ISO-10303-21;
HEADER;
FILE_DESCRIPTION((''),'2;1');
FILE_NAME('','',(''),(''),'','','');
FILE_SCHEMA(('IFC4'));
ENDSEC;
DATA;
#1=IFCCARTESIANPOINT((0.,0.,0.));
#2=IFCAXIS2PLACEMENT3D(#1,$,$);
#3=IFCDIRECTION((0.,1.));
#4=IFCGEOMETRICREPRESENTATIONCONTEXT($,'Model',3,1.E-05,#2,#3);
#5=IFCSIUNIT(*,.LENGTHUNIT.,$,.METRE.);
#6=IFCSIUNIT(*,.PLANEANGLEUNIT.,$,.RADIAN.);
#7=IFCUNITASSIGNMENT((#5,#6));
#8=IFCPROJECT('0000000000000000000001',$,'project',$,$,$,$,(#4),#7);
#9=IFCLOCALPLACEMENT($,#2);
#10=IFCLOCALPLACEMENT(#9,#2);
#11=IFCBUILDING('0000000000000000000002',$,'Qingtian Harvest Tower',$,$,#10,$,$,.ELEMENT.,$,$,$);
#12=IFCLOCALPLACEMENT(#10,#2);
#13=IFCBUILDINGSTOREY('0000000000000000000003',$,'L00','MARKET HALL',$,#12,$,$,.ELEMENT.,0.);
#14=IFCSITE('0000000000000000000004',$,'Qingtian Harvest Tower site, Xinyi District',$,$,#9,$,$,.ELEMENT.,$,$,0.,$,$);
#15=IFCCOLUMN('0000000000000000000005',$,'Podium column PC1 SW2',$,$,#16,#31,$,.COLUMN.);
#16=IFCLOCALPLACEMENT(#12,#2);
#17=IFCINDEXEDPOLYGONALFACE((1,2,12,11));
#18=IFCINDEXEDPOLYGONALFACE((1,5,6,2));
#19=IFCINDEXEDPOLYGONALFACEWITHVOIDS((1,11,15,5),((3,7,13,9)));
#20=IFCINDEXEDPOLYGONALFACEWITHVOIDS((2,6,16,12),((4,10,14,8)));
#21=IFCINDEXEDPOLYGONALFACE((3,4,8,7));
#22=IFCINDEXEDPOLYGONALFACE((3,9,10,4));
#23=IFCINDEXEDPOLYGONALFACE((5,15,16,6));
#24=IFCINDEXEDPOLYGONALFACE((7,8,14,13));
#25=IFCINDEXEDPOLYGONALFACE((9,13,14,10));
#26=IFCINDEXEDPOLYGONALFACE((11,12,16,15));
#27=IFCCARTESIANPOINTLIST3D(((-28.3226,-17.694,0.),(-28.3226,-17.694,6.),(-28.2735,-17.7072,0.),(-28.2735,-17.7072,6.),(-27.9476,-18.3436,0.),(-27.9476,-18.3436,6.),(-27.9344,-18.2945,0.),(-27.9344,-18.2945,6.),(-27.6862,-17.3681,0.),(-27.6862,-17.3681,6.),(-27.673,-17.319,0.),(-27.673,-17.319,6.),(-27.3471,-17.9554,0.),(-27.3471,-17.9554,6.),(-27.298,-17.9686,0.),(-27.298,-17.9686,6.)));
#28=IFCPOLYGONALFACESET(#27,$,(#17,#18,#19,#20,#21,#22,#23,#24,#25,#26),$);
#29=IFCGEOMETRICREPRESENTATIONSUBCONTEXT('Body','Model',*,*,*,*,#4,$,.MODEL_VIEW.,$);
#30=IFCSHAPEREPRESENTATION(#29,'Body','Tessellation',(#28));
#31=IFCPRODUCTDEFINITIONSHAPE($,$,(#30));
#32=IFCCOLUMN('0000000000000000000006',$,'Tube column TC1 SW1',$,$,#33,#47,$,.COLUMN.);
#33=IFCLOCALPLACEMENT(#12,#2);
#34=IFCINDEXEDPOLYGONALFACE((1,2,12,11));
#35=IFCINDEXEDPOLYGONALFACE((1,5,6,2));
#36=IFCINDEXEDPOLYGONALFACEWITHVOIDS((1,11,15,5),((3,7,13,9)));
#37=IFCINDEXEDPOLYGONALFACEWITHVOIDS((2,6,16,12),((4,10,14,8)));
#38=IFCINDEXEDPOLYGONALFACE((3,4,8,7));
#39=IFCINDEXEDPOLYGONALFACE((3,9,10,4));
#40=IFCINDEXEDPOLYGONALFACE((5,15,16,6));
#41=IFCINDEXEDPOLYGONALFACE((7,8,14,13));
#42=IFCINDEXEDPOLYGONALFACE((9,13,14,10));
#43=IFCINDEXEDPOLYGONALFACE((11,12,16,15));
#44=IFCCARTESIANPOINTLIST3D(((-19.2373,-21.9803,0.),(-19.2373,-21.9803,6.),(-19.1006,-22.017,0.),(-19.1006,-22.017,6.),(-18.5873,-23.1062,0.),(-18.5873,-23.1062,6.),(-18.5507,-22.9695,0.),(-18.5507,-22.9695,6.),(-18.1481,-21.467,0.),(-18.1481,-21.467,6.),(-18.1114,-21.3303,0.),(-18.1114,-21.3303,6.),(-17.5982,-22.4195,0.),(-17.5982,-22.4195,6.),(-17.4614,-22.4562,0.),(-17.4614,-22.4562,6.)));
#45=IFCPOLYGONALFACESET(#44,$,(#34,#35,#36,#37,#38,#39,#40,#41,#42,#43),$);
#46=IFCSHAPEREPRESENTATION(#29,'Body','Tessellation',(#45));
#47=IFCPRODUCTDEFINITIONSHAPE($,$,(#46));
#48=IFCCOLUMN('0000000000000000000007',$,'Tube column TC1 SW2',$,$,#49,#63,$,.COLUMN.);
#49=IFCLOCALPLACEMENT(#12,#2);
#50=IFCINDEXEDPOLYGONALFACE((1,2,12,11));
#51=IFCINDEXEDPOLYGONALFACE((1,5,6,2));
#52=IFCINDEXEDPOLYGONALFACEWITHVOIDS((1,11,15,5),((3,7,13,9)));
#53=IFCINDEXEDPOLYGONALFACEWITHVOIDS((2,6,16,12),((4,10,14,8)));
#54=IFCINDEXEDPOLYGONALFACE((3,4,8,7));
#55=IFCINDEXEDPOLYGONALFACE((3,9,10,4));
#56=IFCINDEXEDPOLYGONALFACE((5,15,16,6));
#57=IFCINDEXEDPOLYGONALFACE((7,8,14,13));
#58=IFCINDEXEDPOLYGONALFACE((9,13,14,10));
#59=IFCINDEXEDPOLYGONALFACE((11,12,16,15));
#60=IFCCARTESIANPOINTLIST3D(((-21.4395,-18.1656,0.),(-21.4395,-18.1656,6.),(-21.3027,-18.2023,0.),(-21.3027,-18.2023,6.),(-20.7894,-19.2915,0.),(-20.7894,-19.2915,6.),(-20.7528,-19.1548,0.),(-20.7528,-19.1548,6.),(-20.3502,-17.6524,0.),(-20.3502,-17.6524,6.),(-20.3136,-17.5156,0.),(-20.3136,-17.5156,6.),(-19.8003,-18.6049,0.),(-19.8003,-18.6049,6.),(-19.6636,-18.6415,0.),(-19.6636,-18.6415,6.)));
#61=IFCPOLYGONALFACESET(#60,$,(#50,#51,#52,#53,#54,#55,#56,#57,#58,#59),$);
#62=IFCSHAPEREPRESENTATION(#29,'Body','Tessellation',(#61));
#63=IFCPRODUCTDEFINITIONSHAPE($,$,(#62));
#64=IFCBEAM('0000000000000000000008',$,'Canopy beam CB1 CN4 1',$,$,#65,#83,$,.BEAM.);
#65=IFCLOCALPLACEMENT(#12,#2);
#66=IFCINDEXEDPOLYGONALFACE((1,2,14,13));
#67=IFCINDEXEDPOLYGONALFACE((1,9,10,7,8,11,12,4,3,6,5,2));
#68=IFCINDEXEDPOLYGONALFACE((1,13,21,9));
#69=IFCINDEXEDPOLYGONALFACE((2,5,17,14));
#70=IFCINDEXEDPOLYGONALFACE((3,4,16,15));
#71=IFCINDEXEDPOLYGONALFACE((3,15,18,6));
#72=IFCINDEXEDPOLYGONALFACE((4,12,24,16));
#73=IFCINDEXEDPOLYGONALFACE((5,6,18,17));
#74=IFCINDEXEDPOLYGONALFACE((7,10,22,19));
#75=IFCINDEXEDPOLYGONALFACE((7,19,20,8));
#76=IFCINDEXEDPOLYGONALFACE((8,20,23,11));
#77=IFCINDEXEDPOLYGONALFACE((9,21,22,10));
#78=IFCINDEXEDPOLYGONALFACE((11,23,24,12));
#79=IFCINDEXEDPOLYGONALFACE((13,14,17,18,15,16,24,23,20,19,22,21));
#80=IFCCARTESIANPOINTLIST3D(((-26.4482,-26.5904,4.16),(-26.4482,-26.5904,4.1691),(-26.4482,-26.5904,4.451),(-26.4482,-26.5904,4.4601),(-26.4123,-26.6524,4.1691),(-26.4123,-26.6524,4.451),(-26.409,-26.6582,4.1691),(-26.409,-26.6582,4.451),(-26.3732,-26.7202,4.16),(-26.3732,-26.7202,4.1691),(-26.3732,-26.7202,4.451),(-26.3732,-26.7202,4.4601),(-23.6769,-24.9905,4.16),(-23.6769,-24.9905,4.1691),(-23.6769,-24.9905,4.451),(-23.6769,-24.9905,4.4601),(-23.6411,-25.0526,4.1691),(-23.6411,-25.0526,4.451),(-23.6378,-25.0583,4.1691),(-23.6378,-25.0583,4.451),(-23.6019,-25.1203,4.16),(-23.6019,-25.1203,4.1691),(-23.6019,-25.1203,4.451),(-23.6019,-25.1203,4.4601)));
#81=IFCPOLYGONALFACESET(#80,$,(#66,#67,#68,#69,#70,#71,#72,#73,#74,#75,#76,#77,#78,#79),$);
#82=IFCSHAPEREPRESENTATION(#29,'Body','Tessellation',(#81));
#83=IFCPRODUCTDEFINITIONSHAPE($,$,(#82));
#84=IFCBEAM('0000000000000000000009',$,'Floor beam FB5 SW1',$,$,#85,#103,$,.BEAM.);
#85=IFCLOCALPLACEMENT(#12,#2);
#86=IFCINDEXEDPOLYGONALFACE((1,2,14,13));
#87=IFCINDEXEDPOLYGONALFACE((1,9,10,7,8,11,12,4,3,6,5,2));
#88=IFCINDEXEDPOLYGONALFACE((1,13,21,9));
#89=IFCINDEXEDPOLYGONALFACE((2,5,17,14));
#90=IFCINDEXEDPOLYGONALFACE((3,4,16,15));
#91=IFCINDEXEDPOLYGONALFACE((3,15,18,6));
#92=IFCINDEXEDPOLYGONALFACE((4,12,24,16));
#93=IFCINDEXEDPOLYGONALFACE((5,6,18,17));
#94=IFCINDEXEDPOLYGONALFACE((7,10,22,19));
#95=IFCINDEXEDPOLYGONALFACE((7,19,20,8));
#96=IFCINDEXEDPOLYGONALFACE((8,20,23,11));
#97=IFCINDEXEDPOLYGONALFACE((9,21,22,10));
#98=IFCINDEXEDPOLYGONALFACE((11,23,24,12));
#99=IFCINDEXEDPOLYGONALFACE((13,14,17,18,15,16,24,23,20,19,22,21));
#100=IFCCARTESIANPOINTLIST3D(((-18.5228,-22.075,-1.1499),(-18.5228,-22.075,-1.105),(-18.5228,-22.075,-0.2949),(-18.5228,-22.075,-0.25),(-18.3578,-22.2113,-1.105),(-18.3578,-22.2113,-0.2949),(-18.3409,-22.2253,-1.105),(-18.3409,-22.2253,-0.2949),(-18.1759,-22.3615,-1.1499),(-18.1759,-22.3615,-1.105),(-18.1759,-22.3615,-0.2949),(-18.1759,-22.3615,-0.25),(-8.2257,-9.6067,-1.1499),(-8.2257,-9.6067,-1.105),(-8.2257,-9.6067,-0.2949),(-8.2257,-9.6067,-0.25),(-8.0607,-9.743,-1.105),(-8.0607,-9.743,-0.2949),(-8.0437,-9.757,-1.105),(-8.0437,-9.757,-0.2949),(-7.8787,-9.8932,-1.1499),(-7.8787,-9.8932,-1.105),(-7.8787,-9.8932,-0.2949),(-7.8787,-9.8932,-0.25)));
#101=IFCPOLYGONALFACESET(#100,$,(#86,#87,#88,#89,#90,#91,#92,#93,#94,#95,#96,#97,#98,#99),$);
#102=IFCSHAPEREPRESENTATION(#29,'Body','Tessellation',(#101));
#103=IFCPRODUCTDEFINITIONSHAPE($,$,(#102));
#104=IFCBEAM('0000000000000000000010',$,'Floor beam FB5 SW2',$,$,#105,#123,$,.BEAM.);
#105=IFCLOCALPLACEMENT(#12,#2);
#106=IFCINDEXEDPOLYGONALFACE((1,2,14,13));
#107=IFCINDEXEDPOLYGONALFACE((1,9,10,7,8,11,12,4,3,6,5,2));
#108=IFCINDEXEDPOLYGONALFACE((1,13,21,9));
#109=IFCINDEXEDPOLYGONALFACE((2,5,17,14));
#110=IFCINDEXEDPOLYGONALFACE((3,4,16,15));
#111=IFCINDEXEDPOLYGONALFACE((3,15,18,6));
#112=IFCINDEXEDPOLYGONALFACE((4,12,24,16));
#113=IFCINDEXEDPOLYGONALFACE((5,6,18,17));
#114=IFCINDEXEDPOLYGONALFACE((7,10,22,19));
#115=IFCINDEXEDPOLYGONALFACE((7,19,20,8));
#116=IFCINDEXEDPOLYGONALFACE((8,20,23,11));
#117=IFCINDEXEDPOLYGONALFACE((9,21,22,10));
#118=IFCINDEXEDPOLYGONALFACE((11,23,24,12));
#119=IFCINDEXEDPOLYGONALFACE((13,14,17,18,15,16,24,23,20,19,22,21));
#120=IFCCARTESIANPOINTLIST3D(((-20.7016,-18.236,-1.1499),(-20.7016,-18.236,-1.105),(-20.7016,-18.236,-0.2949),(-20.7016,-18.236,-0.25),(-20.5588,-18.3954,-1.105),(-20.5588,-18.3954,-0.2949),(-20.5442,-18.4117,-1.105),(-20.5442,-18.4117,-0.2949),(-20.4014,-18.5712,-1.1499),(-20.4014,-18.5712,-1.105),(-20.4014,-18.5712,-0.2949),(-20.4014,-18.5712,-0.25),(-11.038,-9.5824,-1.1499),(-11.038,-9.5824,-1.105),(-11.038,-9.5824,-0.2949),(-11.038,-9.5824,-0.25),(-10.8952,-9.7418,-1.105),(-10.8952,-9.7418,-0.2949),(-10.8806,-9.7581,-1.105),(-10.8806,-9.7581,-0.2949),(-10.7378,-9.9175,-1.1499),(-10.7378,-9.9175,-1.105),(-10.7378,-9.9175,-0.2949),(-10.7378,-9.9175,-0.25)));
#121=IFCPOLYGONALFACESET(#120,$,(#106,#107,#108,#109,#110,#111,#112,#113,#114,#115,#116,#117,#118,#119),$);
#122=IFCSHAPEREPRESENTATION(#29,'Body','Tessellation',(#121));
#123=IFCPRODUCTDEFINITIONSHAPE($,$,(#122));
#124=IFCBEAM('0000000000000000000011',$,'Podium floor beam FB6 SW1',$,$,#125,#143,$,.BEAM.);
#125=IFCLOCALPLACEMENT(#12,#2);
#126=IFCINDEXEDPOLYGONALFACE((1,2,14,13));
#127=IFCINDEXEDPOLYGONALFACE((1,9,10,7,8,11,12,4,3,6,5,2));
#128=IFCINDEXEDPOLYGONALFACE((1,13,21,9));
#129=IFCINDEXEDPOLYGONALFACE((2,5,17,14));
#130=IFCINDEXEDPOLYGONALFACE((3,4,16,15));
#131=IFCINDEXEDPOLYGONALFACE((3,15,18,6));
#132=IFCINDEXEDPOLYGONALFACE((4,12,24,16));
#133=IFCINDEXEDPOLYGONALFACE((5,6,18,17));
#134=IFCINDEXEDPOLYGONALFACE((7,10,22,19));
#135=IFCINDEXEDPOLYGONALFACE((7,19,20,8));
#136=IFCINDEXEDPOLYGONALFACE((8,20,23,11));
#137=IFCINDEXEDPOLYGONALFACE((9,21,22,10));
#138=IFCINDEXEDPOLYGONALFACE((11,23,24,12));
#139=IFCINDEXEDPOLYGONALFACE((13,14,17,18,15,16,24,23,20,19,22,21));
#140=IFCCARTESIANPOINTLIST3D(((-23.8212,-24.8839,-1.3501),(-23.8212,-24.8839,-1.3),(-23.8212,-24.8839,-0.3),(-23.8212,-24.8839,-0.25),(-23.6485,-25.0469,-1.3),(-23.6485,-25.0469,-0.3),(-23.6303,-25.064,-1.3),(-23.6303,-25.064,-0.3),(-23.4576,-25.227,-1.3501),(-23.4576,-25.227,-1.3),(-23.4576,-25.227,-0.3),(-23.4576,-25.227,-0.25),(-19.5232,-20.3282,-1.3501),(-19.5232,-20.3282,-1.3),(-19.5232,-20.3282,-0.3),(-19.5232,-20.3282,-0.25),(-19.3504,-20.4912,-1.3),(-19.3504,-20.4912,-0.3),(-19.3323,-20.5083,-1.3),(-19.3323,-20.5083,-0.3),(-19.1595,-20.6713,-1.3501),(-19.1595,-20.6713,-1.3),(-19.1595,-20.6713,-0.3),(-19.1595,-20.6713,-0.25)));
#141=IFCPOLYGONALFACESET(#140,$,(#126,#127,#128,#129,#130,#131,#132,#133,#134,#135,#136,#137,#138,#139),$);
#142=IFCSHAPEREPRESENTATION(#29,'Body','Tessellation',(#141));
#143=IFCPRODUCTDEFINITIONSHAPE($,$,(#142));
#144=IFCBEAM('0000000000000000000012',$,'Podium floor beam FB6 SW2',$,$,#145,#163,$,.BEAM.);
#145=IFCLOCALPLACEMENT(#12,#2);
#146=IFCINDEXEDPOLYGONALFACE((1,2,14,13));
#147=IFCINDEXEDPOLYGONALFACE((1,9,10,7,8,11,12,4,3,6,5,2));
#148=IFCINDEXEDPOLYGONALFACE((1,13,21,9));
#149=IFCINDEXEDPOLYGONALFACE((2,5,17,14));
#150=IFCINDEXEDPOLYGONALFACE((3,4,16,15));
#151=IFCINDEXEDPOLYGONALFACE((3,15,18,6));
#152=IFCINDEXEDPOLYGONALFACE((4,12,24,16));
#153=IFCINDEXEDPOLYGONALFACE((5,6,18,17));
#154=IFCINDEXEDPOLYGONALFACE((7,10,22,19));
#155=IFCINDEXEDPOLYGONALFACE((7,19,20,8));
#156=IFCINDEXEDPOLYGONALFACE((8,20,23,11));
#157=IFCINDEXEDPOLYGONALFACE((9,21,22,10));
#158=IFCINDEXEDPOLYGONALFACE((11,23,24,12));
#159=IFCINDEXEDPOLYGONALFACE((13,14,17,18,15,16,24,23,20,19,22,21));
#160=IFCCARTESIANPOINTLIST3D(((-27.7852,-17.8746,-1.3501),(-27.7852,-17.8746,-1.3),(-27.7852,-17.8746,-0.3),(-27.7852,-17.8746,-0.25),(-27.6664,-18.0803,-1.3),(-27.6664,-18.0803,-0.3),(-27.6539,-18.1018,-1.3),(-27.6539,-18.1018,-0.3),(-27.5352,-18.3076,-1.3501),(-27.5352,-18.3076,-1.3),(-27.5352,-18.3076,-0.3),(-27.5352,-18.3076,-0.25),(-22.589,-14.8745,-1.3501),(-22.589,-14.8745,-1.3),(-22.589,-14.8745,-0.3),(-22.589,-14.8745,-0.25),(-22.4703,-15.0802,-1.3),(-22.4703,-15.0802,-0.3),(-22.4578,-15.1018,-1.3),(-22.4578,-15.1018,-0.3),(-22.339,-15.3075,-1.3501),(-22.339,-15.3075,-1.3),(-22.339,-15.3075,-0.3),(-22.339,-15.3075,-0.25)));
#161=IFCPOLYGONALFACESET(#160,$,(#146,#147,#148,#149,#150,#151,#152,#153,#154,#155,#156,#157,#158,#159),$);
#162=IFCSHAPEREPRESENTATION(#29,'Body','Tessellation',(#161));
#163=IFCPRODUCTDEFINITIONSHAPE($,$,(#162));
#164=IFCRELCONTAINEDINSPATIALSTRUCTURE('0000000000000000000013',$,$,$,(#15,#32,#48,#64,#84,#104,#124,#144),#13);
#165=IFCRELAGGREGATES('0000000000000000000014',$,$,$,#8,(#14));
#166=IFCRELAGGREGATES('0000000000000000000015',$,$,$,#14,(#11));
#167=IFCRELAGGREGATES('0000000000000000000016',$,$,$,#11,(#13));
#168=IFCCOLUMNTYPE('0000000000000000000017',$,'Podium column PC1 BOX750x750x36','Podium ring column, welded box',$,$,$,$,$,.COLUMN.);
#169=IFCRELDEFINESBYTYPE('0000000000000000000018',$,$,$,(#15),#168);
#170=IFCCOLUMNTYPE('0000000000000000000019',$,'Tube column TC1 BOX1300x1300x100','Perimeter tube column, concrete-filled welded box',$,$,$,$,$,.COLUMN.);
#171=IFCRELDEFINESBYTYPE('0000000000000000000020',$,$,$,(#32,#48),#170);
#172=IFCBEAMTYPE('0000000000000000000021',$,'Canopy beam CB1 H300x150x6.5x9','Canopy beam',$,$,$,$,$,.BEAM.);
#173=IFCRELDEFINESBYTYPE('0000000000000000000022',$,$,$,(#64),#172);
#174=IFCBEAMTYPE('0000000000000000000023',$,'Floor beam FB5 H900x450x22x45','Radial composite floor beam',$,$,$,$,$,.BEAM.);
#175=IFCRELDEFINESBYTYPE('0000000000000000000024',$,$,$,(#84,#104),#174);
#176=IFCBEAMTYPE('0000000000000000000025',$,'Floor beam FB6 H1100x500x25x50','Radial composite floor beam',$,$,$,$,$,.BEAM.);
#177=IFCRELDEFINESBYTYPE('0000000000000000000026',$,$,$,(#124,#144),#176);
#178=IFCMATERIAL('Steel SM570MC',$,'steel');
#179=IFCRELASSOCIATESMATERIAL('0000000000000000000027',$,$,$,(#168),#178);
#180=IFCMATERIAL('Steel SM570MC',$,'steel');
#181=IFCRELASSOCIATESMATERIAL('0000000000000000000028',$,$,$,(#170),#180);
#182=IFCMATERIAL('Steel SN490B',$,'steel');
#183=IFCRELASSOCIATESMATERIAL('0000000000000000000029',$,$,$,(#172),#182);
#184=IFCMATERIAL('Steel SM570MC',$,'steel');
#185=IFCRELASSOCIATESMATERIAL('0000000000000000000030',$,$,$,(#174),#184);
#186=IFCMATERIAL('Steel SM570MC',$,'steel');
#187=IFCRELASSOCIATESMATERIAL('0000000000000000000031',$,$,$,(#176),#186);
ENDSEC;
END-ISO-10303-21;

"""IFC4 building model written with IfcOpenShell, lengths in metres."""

from ifc_helpers import new_model, si_unit, direction, frame, origin, origin_2d, place, context, subcontext, project, spatial, hollow_rectangle, i_section, extrude, material, material_profile, profile_set, type_object, element, save


model = new_model("IFC4")

# Units and contexts
model_context = context("Model", 3, precision=1e-05, world=origin(), true_north=direction((0.0, 1.0)))
body_context = subcontext(model_context, "Body", "Model", "MODEL_VIEW")
ifc_project = project(units=[si_unit("LENGTHUNIT", "METRE"), si_unit("PLANEANGLEUNIT", "RADIAN")], contexts=[model_context])

# Site, building, storey
site_placement = place(None, origin())
site = spatial("IfcSite", under=ifc_project, at=site_placement, Name="Qingtian Harvest Tower site, Xinyi District", CompositionType="ELEMENT", RefElevation=0.0)
building_placement = place(site_placement, origin())
building = spatial("IfcBuilding", under=site, at=building_placement, Name="Qingtian Harvest Tower", CompositionType="ELEMENT")
storey_placement = place(building_placement, origin())
storey = spatial("IfcBuildingStorey", under=building, at=storey_placement, Name="L00", Description="MARKET HALL", CompositionType="ELEMENT", Elevation=0.0)

# Columns
ifc_material_1 = material(Name="Steel SM570MC", Category="steel")
ifc_material_profile_1 = material_profile(ifc_material_1, hollow_rectangle(XDim=0.75, YDim=0.75, WallThickness=0.0359, at=origin_2d()), Name="BOX750x750x36")
ifc_profile_set_1 = profile_set([ifc_material_profile_1], Name="Steel SM570MC")
column_type_1 = type_object("IfcColumnType", Name="Podium column PC1 BOX750x750x36", Description="Podium ring column, welded box", PredefinedType="COLUMN", material=ifc_profile_set_1)
column_placement = place(storey_placement, frame((-27.8103, -17.8313, 0.0), z_axis=(0.0, 0.0, 1.0), x_axis=(0.5, -0.866025, 0.0)))
element("IfcColumn", 1, at=column_placement, inside=storey, type_object=column_type_1, Name="Podium column PC1 SW2", PredefinedType="COLUMN", context=body_context, shape_type="SweptSolid", body=[
    extrude(hollow_rectangle(XDim=0.75, YDim=0.75, WallThickness=0.0359, at=origin_2d()), origin(), (0.0, 0.0, 1.0), 6.0),
])
ifc_material_2 = material(Name="Steel SM570MC", Category="steel")
ifc_material_profile_2 = material_profile(ifc_material_2, hollow_rectangle(XDim=1.3, YDim=1.3, WallThickness=0.1001, at=origin_2d()), Name="BOX1300x1300x100")
ifc_profile_set_2 = profile_set([ifc_material_profile_2], Name="Steel SM570MC")
column_type_2 = type_object("IfcColumnType", Name="Tube column TC1 BOX1300x1300x100", Description="Perimeter tube column, concrete-filled welded box", PredefinedType="COLUMN", material=ifc_profile_set_2)
for number, where, z_axis, x_axis, name in (
    (2, (-18.3494, -22.2183, 0.0), (0.0, 0.0, 1.0), (0.5, -0.866025, 0.0), "Tube column TC1 SW1"),
    (3, (-20.5515, -18.4036, 0.0), (0.0, 0.0, 1.0), (0.5, -0.866025, 0.0), "Tube column TC1 SW2"),
):
    element("IfcColumn", number, at=place(storey_placement, frame(where, z_axis=z_axis, x_axis=x_axis)), inside=storey, type_object=column_type_2, Name=name, PredefinedType="COLUMN", context=body_context, shape_type="SweptSolid", body=[
        extrude(hollow_rectangle(XDim=1.3, YDim=1.3, WallThickness=0.1001, at=origin_2d()), origin(), (0.0, 0.0, 1.0), 6.0),
    ])

# Beams
ifc_material_3 = material(Name="Steel SN490B", Category="steel")
ifc_material_profile_3 = material_profile(ifc_material_3, i_section(OverallWidth=0.1499, OverallDepth=0.3, WebThickness=0.0066, FlangeThickness=0.009, at=origin_2d()), Name="H300x150x6.5x9")
ifc_profile_set_3 = profile_set([ifc_material_profile_3], Name="Steel SN490B")
beam_type_1 = type_object("IfcBeamType", Name="Canopy beam CB1 H300x150x6.5x9", Description="Canopy beam", PredefinedType="BEAM", material=ifc_profile_set_3)
beam_1_placement = place(storey_placement, frame((-23.6394, -25.0554, 4.3101), z_axis=(-0.866042, -0.499971, 0.0), x_axis=(0.499971, -0.866042, 0.0)))
element("IfcBeam", 4, at=beam_1_placement, inside=storey, type_object=beam_type_1, Name="Canopy beam CB1 CN4 1", PredefinedType="BEAM", context=body_context, shape_type="SweptSolid", body=[
    extrude(i_section(OverallWidth=0.1499, OverallDepth=0.3, WebThickness=0.0066, FlangeThickness=0.009, at=origin_2d()), origin(), (0.0, 0.0, 1.0), 3.2),
])
ifc_material_4 = material(Name="Steel SM570MC", Category="steel")
ifc_material_profile_4 = material_profile(ifc_material_4, i_section(OverallWidth=0.45, OverallDepth=0.8999, WebThickness=0.022, FlangeThickness=0.0449, at=origin_2d()), Name="H900x450x22x45")
ifc_profile_set_4 = profile_set([ifc_material_profile_4], Name="Steel SM570MC")
beam_type_2 = type_object("IfcBeamType", Name="Floor beam FB5 H900x450x22x45", Description="Radial composite floor beam", PredefinedType="BEAM", material=ifc_profile_set_4)
beam_2_placement = place(storey_placement, frame((-18.3494, -22.2183, -0.7), z_axis=(0.63678, 0.771045, 0.0), x_axis=(-0.771045, 0.63678, 0.0)))
element("IfcBeam", 5, at=beam_2_placement, inside=storey, type_object=beam_type_2, Name="Floor beam FB5 SW1", PredefinedType="BEAM", context=body_context, shape_type="SweptSolid", body=[
    extrude(i_section(OverallWidth=0.45, OverallDepth=0.8999, WebThickness=0.022, FlangeThickness=0.0449, at=origin_2d()), origin(), (0.0, 0.0, 1.0), 16.1707),
])
beam_3_placement = place(storey_placement, frame((-20.5515, -18.4036, -0.7), z_axis=(0.744965, 0.667103, 0.0), x_axis=(-0.667103, 0.744965, 0.0)))
element("IfcBeam", 6, at=beam_3_placement, inside=storey, type_object=beam_type_2, Name="Floor beam FB5 SW2", PredefinedType="BEAM", context=body_context, shape_type="SweptSolid", body=[
    extrude(i_section(OverallWidth=0.45, OverallDepth=0.8999, WebThickness=0.022, FlangeThickness=0.0449, at=origin_2d()), origin(), (0.0, 0.0, 1.0), 12.9719),
])
ifc_material_5 = material(Name="Steel SM570MC", Category="steel")
ifc_material_profile_5 = material_profile(ifc_material_5, i_section(OverallWidth=0.5, OverallDepth=1.1001, WebThickness=0.0249, FlangeThickness=0.05, at=origin_2d()), Name="H1100x500x25x50")
ifc_profile_set_5 = profile_set([ifc_material_profile_5], Name="Steel SM570MC")
beam_type_3 = type_object("IfcBeamType", Name="Floor beam FB6 H1100x500x25x50", Description="Radial composite floor beam", PredefinedType="BEAM", material=ifc_profile_set_5)
beam_4_placement = place(storey_placement, frame((-23.6394, -25.0554, -0.8), z_axis=(0.686246, 0.72737, 0.0), x_axis=(-0.72737, 0.686246, 0.0)))
element("IfcBeam", 7, at=beam_4_placement, inside=storey, type_object=beam_type_3, Name="Podium floor beam FB6 SW1", PredefinedType="BEAM", context=body_context, shape_type="SweptSolid", body=[
    extrude(i_section(OverallWidth=0.5, OverallDepth=1.1001, WebThickness=0.0249, FlangeThickness=0.05, at=origin_2d()), origin(), (0.0, 0.0, 1.0), 6.2632),
])
beam_5_placement = place(storey_placement, frame((-27.6602, -18.0911, -0.8), z_axis=(0.866021, 0.500008, 0.0), x_axis=(-0.500008, 0.866021, 0.0)))
element("IfcBeam", 8, at=beam_5_placement, inside=storey, type_object=beam_type_3, Name="Podium floor beam FB6 SW2", PredefinedType="BEAM", context=body_context, shape_type="SweptSolid", body=[
    extrude(i_section(OverallWidth=0.5, OverallDepth=1.1001, WebThickness=0.0249, FlangeThickness=0.05, at=origin_2d()), origin(), (0.0, 0.0, 1.0), 6.0),
])

save(model, "model.ifc")
